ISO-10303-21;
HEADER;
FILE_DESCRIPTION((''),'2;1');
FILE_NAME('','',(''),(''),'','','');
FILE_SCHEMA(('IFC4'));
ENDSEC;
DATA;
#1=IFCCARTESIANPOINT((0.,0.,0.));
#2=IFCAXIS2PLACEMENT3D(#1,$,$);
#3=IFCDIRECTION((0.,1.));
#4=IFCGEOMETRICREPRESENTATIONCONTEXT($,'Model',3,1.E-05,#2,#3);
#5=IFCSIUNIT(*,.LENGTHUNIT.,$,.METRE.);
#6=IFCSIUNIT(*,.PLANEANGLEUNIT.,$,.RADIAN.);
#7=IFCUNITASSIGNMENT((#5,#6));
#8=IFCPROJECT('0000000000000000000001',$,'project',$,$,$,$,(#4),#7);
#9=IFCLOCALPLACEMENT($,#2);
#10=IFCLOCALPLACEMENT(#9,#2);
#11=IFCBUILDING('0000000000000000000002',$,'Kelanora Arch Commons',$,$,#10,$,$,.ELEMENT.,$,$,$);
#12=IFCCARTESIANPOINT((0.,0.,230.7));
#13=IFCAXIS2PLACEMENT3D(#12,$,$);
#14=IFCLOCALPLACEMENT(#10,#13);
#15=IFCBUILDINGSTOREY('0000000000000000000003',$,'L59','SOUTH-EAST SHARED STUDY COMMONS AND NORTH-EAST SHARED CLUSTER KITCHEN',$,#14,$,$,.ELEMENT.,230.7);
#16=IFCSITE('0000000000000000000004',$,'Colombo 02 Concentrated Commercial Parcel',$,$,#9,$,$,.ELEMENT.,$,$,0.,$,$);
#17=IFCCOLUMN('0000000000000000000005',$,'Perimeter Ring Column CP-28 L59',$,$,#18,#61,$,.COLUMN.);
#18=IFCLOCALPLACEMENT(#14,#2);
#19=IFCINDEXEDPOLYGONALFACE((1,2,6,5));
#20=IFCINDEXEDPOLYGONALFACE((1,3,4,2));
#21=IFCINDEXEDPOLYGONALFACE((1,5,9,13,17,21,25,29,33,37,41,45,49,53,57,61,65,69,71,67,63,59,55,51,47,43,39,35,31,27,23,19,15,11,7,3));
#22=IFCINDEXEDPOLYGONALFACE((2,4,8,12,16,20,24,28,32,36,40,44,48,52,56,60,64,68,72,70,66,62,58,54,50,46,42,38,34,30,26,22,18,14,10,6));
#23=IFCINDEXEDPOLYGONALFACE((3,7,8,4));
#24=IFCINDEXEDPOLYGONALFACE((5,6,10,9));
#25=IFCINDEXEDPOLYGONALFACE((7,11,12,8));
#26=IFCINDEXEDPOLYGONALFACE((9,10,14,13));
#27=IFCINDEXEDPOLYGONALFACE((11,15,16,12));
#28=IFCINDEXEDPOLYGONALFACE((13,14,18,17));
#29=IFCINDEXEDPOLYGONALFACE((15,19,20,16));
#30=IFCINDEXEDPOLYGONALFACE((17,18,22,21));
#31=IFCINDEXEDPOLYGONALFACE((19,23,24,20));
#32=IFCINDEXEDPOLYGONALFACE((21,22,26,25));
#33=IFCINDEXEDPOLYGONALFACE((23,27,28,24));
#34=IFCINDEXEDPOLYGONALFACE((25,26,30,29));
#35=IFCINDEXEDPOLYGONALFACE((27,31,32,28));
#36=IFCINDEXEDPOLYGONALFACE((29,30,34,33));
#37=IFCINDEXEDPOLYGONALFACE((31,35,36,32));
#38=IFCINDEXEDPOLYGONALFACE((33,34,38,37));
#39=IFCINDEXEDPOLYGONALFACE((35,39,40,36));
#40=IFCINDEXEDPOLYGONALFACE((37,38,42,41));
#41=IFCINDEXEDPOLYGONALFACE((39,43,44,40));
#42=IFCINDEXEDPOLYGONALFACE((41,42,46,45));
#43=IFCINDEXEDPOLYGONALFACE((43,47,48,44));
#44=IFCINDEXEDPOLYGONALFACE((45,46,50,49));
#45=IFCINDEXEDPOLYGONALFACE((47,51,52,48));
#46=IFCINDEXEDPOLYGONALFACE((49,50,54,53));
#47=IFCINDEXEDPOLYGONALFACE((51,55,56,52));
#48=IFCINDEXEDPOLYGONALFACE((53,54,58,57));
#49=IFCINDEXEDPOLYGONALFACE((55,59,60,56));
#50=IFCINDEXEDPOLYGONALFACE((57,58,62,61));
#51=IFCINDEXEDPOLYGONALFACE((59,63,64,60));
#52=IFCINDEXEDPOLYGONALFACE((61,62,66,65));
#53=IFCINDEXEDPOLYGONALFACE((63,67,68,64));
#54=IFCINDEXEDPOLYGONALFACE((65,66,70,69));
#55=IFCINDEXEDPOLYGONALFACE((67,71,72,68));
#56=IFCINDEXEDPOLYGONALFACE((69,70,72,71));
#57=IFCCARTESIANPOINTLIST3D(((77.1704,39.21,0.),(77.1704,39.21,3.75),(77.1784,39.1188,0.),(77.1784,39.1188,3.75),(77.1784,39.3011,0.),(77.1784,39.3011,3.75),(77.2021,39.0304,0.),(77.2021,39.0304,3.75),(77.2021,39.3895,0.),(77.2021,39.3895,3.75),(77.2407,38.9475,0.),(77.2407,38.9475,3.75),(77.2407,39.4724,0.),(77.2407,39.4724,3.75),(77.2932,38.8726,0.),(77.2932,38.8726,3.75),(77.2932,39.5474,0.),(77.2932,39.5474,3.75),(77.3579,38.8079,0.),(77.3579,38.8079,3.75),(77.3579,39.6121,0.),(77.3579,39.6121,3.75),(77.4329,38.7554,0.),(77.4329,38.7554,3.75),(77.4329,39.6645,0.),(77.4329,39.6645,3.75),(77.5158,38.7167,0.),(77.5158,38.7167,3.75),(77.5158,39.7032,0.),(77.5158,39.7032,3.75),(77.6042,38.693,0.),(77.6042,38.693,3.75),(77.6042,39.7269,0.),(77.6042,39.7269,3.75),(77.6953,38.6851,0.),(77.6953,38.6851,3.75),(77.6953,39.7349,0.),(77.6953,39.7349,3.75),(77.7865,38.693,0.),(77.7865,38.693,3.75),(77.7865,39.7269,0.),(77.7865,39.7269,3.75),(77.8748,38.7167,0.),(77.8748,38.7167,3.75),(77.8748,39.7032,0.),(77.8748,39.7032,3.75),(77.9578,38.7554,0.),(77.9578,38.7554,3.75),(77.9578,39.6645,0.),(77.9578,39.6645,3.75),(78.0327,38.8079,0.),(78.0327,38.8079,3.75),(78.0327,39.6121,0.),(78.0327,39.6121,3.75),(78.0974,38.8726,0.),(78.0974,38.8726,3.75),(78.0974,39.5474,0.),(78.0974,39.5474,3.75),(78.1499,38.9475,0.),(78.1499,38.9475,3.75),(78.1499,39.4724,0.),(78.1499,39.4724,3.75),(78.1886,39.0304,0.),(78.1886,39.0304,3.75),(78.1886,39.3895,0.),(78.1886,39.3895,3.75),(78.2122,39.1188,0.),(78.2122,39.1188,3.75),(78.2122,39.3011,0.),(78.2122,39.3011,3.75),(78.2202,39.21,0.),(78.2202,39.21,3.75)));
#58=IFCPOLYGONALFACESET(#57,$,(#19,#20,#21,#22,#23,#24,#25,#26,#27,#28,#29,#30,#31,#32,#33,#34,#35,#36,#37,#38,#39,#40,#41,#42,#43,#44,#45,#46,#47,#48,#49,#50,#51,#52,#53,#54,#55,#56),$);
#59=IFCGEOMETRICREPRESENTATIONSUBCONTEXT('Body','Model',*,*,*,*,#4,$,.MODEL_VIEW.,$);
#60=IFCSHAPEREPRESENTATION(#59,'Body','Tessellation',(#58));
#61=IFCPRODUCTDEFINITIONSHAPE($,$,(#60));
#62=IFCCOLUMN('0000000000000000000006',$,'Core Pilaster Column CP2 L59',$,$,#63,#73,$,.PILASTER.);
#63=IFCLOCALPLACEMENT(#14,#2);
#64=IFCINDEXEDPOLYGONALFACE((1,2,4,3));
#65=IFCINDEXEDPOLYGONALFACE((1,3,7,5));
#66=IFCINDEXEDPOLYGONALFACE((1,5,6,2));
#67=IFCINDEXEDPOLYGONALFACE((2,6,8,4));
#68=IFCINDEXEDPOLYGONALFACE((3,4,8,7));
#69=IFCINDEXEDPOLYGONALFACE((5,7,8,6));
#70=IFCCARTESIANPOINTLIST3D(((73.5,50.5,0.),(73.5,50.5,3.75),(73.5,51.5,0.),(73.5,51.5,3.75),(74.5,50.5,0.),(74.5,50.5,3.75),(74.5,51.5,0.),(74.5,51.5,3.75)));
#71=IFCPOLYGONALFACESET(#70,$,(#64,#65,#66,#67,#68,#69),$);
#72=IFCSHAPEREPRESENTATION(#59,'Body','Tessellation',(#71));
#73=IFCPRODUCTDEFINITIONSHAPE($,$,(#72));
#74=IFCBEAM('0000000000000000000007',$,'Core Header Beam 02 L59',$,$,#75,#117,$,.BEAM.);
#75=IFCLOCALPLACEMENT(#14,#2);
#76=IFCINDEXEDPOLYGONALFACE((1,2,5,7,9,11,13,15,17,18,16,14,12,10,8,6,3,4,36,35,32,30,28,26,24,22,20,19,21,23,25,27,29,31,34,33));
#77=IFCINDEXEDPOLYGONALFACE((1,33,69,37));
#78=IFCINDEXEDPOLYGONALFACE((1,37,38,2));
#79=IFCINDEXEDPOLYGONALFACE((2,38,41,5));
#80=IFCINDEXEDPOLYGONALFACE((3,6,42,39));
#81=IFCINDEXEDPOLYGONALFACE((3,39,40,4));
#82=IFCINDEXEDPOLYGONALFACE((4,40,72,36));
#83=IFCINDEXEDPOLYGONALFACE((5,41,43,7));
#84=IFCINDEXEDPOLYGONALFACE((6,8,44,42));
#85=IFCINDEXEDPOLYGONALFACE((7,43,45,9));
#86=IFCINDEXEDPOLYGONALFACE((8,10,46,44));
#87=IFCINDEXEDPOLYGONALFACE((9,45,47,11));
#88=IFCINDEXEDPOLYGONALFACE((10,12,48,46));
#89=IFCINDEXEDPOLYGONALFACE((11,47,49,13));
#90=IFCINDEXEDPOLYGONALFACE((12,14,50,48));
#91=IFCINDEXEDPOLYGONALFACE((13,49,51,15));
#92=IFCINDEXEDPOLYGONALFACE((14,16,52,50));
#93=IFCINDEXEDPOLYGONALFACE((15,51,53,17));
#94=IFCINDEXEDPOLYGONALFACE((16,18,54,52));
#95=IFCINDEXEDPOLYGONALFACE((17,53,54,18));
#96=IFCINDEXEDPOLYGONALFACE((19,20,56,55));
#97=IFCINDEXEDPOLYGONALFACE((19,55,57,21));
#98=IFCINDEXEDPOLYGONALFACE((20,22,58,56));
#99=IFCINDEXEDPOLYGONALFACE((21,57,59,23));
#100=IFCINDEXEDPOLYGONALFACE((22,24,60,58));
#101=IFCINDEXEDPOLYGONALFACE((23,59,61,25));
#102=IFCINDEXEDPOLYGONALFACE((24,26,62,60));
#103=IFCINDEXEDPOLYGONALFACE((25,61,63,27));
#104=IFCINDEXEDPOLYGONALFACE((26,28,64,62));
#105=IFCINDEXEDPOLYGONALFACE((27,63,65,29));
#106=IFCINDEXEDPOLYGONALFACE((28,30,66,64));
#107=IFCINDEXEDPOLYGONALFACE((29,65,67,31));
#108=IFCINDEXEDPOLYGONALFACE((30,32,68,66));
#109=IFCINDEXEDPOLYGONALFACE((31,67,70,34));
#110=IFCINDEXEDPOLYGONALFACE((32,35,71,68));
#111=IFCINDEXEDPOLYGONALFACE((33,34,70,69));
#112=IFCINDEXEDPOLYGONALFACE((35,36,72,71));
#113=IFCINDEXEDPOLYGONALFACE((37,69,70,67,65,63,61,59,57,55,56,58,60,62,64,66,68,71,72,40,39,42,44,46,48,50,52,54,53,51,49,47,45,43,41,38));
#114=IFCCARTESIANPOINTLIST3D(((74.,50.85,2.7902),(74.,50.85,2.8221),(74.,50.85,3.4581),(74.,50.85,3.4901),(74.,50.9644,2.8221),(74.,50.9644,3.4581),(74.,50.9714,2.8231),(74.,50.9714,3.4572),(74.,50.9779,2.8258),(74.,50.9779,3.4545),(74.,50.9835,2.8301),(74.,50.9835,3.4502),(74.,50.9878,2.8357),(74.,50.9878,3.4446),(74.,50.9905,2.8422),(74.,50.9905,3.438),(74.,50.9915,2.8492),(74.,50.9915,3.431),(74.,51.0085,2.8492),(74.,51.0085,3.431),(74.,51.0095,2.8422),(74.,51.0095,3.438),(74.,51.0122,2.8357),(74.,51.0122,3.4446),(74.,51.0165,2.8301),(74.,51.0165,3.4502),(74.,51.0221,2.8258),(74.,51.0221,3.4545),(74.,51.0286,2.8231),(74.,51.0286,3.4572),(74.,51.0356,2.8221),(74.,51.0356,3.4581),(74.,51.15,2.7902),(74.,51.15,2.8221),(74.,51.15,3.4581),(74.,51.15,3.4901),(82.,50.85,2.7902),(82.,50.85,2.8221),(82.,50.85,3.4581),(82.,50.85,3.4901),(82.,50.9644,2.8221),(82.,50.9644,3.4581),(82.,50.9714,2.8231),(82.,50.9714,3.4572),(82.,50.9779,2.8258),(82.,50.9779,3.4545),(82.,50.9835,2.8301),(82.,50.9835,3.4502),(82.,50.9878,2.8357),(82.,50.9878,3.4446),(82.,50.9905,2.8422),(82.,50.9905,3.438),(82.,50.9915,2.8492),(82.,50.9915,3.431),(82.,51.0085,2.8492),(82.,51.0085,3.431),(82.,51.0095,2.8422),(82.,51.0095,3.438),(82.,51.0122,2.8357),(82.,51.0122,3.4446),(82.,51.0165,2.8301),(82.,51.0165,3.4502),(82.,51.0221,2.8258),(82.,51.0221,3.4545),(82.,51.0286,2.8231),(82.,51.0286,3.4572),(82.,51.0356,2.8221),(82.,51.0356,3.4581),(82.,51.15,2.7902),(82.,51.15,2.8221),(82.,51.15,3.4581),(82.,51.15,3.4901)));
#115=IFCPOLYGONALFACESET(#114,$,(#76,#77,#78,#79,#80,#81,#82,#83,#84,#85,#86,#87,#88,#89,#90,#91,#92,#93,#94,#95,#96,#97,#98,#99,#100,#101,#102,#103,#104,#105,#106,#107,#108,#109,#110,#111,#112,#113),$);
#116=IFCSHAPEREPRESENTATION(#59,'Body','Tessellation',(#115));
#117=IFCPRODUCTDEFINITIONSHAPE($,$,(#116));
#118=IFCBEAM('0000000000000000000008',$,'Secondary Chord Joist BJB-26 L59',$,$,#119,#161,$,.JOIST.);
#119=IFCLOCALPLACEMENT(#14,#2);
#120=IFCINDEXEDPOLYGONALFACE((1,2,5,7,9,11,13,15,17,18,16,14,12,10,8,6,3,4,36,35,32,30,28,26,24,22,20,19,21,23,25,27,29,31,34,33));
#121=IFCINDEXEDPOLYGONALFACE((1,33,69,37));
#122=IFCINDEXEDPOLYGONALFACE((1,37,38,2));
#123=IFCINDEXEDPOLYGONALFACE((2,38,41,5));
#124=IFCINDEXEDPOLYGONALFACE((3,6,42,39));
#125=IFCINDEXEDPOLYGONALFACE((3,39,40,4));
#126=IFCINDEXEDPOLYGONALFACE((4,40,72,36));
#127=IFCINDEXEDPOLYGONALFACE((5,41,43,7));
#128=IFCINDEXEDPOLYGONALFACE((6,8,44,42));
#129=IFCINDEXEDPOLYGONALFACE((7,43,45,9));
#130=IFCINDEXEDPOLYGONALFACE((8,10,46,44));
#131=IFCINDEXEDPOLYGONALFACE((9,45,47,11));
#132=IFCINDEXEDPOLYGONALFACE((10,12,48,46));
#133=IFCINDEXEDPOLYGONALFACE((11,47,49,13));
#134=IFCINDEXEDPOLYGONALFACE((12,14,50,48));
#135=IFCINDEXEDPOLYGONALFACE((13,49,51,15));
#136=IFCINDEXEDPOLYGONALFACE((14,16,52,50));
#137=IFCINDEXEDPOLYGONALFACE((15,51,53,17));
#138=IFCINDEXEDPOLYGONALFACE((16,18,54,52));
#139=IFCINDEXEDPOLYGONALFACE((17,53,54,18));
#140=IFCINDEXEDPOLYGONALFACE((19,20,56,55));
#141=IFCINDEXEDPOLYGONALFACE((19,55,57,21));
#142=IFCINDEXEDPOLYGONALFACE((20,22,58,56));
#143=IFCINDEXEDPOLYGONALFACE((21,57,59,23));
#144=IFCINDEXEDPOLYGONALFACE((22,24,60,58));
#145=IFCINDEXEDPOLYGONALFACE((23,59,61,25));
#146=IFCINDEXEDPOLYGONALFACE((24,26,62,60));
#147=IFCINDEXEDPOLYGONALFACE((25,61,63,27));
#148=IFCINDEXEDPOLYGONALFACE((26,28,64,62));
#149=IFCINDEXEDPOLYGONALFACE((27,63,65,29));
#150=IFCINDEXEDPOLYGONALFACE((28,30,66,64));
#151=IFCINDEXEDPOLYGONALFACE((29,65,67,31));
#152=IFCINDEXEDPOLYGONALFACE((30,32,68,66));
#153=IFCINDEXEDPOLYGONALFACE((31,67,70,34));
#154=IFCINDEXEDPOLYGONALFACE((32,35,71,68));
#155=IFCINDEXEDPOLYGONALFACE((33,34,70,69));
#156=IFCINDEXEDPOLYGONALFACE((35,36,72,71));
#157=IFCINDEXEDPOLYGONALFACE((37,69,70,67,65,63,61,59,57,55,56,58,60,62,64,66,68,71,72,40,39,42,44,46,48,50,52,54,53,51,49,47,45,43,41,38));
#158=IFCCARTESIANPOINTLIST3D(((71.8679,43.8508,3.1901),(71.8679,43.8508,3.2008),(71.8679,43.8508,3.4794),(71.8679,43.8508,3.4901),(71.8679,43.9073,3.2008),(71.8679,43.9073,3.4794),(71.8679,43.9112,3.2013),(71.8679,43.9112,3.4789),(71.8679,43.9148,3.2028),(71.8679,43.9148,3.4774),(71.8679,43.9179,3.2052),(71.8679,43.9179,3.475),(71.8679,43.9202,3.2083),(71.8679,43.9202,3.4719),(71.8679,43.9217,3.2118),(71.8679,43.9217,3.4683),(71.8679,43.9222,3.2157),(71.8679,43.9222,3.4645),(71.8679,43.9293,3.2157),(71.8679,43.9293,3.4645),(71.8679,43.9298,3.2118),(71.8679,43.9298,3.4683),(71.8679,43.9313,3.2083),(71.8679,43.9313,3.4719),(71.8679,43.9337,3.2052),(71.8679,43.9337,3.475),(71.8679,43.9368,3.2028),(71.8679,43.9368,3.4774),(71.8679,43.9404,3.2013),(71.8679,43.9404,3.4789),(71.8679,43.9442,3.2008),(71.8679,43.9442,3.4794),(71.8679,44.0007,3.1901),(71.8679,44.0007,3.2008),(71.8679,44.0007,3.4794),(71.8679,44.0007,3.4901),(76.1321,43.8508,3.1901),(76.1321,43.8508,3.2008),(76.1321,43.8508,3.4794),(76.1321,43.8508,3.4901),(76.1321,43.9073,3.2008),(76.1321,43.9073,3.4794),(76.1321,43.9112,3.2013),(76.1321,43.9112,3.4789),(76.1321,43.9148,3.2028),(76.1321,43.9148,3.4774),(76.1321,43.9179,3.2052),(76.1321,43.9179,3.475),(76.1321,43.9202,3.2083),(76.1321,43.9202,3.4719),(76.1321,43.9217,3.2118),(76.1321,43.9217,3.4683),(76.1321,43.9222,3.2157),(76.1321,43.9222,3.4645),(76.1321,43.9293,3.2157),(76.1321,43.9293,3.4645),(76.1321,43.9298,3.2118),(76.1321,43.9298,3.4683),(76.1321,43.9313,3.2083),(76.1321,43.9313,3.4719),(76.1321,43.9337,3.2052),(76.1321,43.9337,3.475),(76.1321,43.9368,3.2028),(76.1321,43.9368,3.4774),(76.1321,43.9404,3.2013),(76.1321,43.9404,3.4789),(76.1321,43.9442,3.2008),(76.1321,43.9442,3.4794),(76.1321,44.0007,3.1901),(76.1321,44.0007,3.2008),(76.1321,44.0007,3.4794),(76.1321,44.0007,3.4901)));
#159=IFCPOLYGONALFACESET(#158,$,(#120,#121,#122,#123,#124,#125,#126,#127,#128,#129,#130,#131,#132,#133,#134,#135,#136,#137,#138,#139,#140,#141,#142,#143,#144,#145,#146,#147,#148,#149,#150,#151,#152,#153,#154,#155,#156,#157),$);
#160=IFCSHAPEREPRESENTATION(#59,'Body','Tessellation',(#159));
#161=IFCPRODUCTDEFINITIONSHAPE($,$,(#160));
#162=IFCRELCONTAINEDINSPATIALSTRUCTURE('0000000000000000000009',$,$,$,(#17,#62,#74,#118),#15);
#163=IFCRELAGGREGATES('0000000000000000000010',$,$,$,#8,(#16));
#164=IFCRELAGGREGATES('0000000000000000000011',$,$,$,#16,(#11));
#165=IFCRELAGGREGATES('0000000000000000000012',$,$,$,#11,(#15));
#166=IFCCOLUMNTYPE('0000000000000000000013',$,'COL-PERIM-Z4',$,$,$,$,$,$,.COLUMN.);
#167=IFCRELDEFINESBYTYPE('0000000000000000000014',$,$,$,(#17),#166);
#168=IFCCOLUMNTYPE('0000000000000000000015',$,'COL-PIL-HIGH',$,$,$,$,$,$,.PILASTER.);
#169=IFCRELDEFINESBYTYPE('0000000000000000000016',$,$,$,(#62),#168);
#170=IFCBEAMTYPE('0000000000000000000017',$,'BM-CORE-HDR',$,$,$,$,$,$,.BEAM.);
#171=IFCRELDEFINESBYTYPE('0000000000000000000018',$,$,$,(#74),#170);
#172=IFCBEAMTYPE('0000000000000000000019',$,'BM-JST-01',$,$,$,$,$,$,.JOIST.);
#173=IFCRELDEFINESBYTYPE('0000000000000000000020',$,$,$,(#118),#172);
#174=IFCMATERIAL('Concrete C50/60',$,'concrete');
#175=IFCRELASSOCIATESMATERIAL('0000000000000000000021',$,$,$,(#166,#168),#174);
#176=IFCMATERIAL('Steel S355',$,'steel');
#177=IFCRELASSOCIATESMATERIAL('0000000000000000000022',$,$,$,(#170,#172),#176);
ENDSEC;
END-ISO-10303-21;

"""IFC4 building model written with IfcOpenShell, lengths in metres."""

from ifc_helpers import new_model, si_unit, direction, frame, origin, origin_2d, place, context, subcontext, project, spatial, rectangle, circle, i_section, extrude, material, material_profile, profile_set, type_object, element, save


model = new_model("IFC4")

# Units and contexts
model_context = context("Model", 3, precision=1e-05, world=origin(), true_north=direction((0.0, 1.0)))
body_context = subcontext(model_context, "Body", "Model", "MODEL_VIEW")
ifc_project = project(units=[si_unit("LENGTHUNIT", "METRE"), si_unit("PLANEANGLEUNIT", "RADIAN")], contexts=[model_context])

# Site, building, storey
site_placement = place(None, origin())
site = spatial("IfcSite", under=ifc_project, at=site_placement, Name="Colombo 02 Concentrated Commercial Parcel", CompositionType="ELEMENT", RefElevation=0.0)
building_placement = place(site_placement, origin())
building = spatial("IfcBuilding", under=site, at=building_placement, Name="Kelanora Arch Commons", CompositionType="ELEMENT")
storey_placement = place(building_placement, frame((0.0, 0.0, 230.7)))
storey = spatial("IfcBuildingStorey", under=building, at=storey_placement, Name="L59", Description="SOUTH-EAST SHARED STUDY COMMONS AND NORTH-EAST SHARED CLUSTER KITCHEN", CompositionType="ELEMENT", Elevation=230.7)

# Columns
ifc_material_1 = material(Name="Concrete C50/60", Category="concrete")
ifc_material_profile_1 = material_profile(ifc_material_1, circle(Radius=0.5249, at=origin_2d()), Name="RCC1050")
ifc_profile_set_1 = profile_set([ifc_material_profile_1], Name="Concrete C50/60")
column_type_1 = type_object("IfcColumnType", Name="COL-PERIM-Z4", PredefinedType="COLUMN", material=ifc_profile_set_1)
column_1_placement = place(storey_placement, frame((77.6953, 39.21, 0.0), z_axis=(0.0, 0.0, 1.0), x_axis=(1.0, 0.0, 0.0)))
element("IfcColumn", 1, at=column_1_placement, inside=storey, type_object=column_type_1, Name="Perimeter Ring Column CP-28 L59", PredefinedType="COLUMN", context=body_context, shape_type="SweptSolid", body=[
    extrude(circle(Radius=0.5249, at=origin_2d()), origin(), (0.0, 0.0, 1.0), 3.75),
])
ifc_material_profile_2 = material_profile(ifc_material_1, rectangle(XDim=1.0, YDim=1.0, at=origin_2d()), Name="RC1000x1000")
ifc_profile_set_2 = profile_set([ifc_material_profile_2], Name="Concrete C50/60")
column_type_2 = type_object("IfcColumnType", Name="COL-PIL-HIGH", PredefinedType="PILASTER", material=ifc_profile_set_2)
column_2_placement = place(storey_placement, frame((74.0, 51.0, 0.0), z_axis=(0.0, 0.0, 1.0), x_axis=(1.0, 0.0, 0.0)))
element("IfcColumn", 2, at=column_2_placement, inside=storey, type_object=column_type_2, Name="Core Pilaster Column CP2 L59", PredefinedType="PILASTER", context=body_context, shape_type="SweptSolid", body=[
    extrude(rectangle(XDim=1.0, YDim=1.0, at=origin_2d()), origin(), (0.0, 0.0, 1.0), 3.75),
])

# Beams
ifc_material_2 = material(Name="Steel S355", Category="steel")
ifc_material_profile_3 = material_profile(ifc_material_2, i_section(OverallWidth=0.3, OverallDepth=0.7, WebThickness=0.0171, FlangeThickness=0.032, FilletRadius=0.0271, at=origin_2d()), Name="HEB700")
ifc_profile_set_3 = profile_set([ifc_material_profile_3], Name="Steel S355")
beam_type_1 = type_object("IfcBeamType", Name="BM-CORE-HDR", PredefinedType="BEAM", material=ifc_profile_set_3)
beam_1_placement = place(storey_placement, frame((74.0, 51.0, 3.1401), z_axis=(1.0, 0.0, 0.0), x_axis=(0.0, 1.0, 0.0)))
element("IfcBeam", 3, at=beam_1_placement, inside=storey, type_object=beam_type_1, Name="Core Header Beam 02 L59", PredefinedType="BEAM", context=body_context, shape_type="SweptSolid", body=[
    extrude(i_section(OverallWidth=0.3, OverallDepth=0.7, WebThickness=0.0171, FlangeThickness=0.032, FilletRadius=0.0271, at=origin_2d()), origin(), (0.0, 0.0, 1.0), 8.0),
])
ifc_material_profile_4 = material_profile(ifc_material_2, i_section(OverallWidth=0.1499, OverallDepth=0.3, WebThickness=0.0071, FlangeThickness=0.0107, FilletRadius=0.0149, at=origin_2d()), Name="IPE300")
ifc_profile_set_4 = profile_set([ifc_material_profile_4], Name="Steel S355")
beam_type_2 = type_object("IfcBeamType", Name="BM-JST-01", PredefinedType="JOIST", material=ifc_profile_set_4)
beam_2_placement = place(storey_placement, frame((71.8679, 43.9258, 3.3401), z_axis=(1.0, 0.0, 0.0), x_axis=(0.0, 1.0, 0.0)))
element("IfcBeam", 4, at=beam_2_placement, inside=storey, type_object=beam_type_2, Name="Secondary Chord Joist BJB-26 L59", PredefinedType="JOIST", context=body_context, shape_type="SweptSolid", body=[
    extrude(i_section(OverallWidth=0.1499, OverallDepth=0.3, WebThickness=0.0071, FlangeThickness=0.0107, FilletRadius=0.0149, at=origin_2d()), origin(), (0.0, 0.0, 1.0), 4.2642),
])

save(model, "model.ifc")
